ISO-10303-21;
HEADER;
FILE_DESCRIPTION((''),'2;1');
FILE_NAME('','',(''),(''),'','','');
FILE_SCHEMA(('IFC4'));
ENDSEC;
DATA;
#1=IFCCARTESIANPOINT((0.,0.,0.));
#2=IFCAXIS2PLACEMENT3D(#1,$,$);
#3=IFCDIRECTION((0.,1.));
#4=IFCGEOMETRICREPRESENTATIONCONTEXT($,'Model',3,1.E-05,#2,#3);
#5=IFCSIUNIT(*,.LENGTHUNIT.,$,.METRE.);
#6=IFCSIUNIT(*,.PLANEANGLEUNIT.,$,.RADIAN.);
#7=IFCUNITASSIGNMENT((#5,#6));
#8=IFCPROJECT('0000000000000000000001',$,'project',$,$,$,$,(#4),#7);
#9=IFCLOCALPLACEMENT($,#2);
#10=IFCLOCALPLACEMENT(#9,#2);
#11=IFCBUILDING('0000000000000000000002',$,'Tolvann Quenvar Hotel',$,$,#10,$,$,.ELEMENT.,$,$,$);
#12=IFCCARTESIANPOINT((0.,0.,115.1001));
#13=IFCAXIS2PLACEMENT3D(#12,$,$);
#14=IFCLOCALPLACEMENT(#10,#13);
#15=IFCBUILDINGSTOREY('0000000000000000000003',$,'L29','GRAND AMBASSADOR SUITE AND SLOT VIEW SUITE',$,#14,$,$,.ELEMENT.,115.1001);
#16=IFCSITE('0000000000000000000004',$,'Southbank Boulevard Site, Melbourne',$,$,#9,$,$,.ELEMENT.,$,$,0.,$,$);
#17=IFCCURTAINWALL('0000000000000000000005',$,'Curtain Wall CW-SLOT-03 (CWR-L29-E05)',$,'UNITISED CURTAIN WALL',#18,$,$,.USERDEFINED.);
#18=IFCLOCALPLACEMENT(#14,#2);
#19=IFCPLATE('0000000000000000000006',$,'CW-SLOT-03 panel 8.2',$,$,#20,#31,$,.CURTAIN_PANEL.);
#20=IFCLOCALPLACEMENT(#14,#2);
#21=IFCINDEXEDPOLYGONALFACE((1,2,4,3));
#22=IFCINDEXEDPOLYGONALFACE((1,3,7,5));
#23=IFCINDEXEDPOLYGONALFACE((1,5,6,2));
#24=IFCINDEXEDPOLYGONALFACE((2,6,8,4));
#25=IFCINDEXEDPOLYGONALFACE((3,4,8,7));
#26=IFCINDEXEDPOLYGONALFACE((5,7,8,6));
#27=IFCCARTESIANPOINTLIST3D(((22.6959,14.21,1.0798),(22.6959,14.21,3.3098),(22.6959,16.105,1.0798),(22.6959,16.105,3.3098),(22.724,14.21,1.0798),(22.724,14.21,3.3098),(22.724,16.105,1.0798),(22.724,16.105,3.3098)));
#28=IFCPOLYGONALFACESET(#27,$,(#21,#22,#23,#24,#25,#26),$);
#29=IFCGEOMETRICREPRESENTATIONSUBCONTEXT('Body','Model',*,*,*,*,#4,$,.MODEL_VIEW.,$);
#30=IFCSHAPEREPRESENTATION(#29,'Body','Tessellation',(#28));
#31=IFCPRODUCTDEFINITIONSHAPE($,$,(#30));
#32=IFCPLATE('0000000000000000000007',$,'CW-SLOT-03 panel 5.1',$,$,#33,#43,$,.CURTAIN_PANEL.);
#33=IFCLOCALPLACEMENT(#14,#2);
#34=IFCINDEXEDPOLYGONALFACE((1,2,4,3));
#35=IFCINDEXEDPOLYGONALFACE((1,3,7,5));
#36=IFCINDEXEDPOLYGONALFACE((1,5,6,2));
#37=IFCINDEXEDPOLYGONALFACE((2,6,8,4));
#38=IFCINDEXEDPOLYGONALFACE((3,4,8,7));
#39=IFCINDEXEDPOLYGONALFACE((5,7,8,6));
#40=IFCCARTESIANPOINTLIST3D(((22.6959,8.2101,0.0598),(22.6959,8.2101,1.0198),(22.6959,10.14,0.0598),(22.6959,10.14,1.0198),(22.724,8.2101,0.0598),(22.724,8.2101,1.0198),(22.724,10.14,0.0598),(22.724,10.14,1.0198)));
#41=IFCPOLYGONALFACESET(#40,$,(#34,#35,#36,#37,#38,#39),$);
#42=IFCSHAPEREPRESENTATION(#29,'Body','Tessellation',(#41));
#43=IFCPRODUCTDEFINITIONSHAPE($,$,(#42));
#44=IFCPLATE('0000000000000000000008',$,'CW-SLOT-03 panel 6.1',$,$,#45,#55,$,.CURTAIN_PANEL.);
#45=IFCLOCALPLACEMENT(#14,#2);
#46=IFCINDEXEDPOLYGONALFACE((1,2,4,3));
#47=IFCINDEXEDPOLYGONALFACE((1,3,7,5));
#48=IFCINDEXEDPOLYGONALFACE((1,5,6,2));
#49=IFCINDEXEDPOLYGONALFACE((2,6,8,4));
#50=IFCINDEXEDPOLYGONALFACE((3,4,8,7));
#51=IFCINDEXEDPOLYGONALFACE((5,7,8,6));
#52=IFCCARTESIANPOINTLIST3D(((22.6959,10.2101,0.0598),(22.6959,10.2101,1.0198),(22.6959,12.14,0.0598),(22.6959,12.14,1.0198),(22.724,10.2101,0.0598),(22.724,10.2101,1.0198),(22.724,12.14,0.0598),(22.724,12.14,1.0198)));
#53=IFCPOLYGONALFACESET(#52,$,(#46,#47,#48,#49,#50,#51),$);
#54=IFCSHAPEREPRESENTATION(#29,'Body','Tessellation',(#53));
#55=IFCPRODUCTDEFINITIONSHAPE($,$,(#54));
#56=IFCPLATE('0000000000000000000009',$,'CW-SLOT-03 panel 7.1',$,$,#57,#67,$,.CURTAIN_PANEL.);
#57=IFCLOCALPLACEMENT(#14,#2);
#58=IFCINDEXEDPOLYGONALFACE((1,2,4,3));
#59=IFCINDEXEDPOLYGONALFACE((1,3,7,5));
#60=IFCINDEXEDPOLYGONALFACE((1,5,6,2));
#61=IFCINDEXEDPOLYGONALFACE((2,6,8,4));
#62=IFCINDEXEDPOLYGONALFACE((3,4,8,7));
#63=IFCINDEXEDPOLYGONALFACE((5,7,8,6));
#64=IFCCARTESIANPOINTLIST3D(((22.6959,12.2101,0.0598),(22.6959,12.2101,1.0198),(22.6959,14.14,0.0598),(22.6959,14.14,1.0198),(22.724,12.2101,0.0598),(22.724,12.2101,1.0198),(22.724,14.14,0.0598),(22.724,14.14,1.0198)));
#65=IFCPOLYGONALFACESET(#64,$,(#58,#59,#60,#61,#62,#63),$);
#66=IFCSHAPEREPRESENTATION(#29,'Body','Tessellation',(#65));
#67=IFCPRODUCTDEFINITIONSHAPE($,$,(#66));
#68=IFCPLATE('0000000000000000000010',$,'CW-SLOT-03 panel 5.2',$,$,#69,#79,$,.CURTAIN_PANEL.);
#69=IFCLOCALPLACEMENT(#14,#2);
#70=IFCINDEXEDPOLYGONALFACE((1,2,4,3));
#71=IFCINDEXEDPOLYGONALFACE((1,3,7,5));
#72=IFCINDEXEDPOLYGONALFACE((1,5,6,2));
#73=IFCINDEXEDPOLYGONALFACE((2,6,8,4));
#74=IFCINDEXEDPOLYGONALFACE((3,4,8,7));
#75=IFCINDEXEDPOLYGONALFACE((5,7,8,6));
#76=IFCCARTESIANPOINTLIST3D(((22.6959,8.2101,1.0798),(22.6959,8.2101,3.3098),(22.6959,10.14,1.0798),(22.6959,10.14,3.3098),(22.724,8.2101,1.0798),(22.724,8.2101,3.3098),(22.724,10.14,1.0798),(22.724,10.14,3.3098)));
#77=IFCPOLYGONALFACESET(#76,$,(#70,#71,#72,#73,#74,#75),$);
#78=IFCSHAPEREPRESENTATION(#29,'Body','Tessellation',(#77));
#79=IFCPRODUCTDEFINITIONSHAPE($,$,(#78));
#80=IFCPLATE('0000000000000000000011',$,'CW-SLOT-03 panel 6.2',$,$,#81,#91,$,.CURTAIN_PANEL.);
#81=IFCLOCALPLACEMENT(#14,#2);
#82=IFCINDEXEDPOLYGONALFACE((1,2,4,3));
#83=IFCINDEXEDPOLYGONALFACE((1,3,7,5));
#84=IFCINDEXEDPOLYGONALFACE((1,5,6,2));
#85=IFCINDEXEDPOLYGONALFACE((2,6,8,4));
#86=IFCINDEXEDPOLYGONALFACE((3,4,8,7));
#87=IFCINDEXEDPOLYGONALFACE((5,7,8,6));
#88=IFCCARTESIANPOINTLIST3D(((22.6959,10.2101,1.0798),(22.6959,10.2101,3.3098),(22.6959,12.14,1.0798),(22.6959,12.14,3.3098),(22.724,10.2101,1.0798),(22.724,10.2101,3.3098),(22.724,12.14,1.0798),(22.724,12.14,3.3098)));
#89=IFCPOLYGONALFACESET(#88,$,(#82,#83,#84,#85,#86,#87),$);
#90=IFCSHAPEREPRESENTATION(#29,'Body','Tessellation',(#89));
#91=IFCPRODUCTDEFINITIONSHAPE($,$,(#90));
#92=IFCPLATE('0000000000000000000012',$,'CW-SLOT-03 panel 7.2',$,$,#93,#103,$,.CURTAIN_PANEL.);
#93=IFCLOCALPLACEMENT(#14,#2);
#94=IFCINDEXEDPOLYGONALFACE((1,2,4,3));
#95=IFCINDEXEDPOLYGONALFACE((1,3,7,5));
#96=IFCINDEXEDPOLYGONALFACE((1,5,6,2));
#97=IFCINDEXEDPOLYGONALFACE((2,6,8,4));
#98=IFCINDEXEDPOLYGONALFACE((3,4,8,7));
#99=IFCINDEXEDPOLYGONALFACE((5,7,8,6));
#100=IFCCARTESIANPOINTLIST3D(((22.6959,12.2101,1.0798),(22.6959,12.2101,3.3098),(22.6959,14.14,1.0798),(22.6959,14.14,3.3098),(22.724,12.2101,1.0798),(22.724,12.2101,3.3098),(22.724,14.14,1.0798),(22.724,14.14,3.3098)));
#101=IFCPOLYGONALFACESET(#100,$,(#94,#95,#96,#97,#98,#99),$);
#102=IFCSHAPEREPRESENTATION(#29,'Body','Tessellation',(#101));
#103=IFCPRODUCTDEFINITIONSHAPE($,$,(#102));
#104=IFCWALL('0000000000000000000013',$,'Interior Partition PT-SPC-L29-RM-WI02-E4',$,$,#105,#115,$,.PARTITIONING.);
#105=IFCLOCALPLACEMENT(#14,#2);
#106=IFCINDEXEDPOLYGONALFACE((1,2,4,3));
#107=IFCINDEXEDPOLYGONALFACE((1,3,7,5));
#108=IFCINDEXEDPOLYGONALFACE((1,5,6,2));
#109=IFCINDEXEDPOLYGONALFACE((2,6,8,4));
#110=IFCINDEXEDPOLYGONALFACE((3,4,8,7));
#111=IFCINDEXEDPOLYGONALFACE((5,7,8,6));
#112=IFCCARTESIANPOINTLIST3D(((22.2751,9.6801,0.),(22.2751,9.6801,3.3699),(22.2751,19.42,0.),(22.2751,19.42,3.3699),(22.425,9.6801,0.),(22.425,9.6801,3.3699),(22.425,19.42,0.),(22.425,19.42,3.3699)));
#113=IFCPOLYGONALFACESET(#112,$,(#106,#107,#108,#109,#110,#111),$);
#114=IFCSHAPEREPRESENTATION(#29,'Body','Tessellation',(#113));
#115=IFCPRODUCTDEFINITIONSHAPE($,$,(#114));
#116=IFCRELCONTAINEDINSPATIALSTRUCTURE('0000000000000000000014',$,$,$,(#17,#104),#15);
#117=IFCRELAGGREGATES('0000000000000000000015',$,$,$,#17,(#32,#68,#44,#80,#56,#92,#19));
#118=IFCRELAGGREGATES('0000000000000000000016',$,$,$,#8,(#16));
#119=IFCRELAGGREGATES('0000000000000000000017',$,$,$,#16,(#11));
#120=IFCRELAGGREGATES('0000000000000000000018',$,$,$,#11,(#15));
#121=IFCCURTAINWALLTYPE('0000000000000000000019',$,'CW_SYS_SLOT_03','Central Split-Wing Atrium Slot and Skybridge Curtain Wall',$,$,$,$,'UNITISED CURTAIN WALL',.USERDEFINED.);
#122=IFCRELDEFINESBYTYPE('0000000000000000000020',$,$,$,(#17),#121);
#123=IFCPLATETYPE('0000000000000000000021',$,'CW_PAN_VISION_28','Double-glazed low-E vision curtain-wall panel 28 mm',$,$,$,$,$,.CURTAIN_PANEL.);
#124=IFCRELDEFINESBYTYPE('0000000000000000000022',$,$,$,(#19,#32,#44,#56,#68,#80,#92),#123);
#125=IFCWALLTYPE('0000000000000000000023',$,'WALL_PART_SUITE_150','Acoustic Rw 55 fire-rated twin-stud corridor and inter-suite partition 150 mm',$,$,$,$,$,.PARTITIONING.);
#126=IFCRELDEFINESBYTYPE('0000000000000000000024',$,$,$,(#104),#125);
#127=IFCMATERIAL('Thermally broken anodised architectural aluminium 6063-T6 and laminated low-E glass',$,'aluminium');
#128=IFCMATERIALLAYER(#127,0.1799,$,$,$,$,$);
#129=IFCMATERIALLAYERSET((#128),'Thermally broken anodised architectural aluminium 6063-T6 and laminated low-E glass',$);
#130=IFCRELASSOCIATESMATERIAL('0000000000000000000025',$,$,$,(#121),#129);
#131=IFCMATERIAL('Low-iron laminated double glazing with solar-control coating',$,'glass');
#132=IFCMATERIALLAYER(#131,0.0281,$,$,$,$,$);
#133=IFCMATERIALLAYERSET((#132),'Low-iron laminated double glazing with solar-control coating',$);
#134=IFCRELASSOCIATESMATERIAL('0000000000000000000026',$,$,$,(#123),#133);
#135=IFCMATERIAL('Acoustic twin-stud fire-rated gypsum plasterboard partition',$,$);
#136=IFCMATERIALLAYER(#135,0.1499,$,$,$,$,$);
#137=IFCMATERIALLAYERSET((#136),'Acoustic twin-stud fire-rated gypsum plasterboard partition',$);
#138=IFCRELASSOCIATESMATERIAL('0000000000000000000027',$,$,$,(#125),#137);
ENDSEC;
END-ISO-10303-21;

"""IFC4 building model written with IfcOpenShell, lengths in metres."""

from ifc_helpers import new_model, si_unit, direction, frame, frame_2d, origin, origin_2d, place, context, subcontext, project, spatial, rectangle, extrude, source, transform, mapped, material, layer, layer_set, type_object, element, aggregate, save


model = new_model("IFC4")

# Units and contexts
model_context = context("Model", 3, precision=1e-05, world=origin(), true_north=direction((0.0, 1.0)))
body_context = subcontext(model_context, "Body", "Model", "MODEL_VIEW")
ifc_project = project(units=[si_unit("LENGTHUNIT", "METRE"), si_unit("PLANEANGLEUNIT", "RADIAN")], contexts=[model_context])

# Site, building, storey
site_placement = place(None, origin())
site = spatial("IfcSite", under=ifc_project, at=site_placement, Name="Southbank Boulevard Site, Melbourne", CompositionType="ELEMENT", RefElevation=0.0)
building_placement = place(site_placement, origin())
building = spatial("IfcBuilding", under=site, at=building_placement, Name="Tolvann Quenvar Hotel", CompositionType="ELEMENT")
storey_placement = place(building_placement, frame((0.0, 0.0, 115.1001)))
storey = spatial("IfcBuildingStorey", under=building, at=storey_placement, Name="L29", Description="GRAND AMBASSADOR SUITE AND SLOT VIEW SUITE", CompositionType="ELEMENT", Elevation=115.1001)

# Curtain wall, plates
ifc_material_1 = material(Name="Thermally broken anodised architectural aluminium 6063-T6 and laminated low-E glass", Category="aluminium")
ifc_layer_1 = layer(ifc_material_1, 0.1799)
ifc_layer_set_1 = layer_set([ifc_layer_1], Name="Thermally broken anodised architectural aluminium 6063-T6 and laminated low-E glass")
curtain_wall_type = type_object("IfcCurtainWallType", Name="CW_SYS_SLOT_03", Description="Central Split-Wing Atrium Slot and Skybridge Curtain Wall", ElementType="UNITISED CURTAIN WALL", PredefinedType="USERDEFINED", material=ifc_layer_set_1)
curtain_wall_placement = place(storey_placement, origin())
curtain_wall = element("IfcCurtainWall", 1, at=curtain_wall_placement, inside=storey, type_object=curtain_wall_type, Name="Curtain Wall CW-SLOT-03 (CWR-L29-E05)", ObjectType="UNITISED CURTAIN WALL", PredefinedType="USERDEFINED")
ifc_material_2 = material(Name="Low-iron laminated double glazing with solar-control coating", Category="glass")
ifc_layer_2 = layer(ifc_material_2, 0.0281)
ifc_layer_set_2 = layer_set([ifc_layer_2], Name="Low-iron laminated double glazing with solar-control coating")
plate_type = type_object("IfcPlateType", Name="CW_PAN_VISION_28", Description="Double-glazed low-E vision curtain-wall panel 28 mm", PredefinedType="CURTAIN_PANEL", material=ifc_layer_set_2)
shared_shape_1 = source(origin(), body_context, "Body", "SweptSolid", [
    extrude(rectangle(XDim=1.895, YDim=0.0281, at=origin_2d()), origin(), (0.0, 0.0, 1.0), 2.23),
])
plate_1_placement = place(storey_placement, frame((22.71, 15.1575, 1.0798), z_axis=(0.0, 0.0, 1.0), x_axis=(0.0, 1.0, 0.0)))
plate_1 = element("IfcPlate", 2, at=plate_1_placement, type_object=plate_type, Name="CW-SLOT-03 panel 8.2", PredefinedType="CURTAIN_PANEL", context=body_context, shape_type="MappedRepresentation", body=[
    mapped(shared_shape_1, transform((0.0, 0.0, 0.0), x_axis=(1.0, 0.0, 0.0), y_axis=(0.0, 1.0, 0.0), z_axis=(0.0, 0.0, 1.0), scale=1.0)),
])
shared_shape_2 = source(origin(), body_context, "Body", "SweptSolid", [
    extrude(rectangle(XDim=1.9299, YDim=0.0281, at=origin_2d()), origin(), (0.0, 0.0, 1.0), 0.96),
])
plate_2_placement = place(storey_placement, frame((22.71, 9.175, 0.0598), z_axis=(0.0, 0.0, 1.0), x_axis=(0.0, 1.0, 0.0)))
plate_2 = element("IfcPlate", 3, at=plate_2_placement, type_object=plate_type, Name="CW-SLOT-03 panel 5.1", PredefinedType="CURTAIN_PANEL", context=body_context, shape_type="MappedRepresentation", body=[
    mapped(shared_shape_2, transform((0.0, 0.0, 0.0), x_axis=(1.0, 0.0, 0.0), y_axis=(0.0, 1.0, 0.0), z_axis=(0.0, 0.0, 1.0), scale=1.0)),
])
plate_3_placement = place(storey_placement, frame((22.71, 11.175, 0.0598), z_axis=(0.0, 0.0, 1.0), x_axis=(0.0, 1.0, 0.0)))
plate_3 = element("IfcPlate", 4, at=plate_3_placement, type_object=plate_type, Name="CW-SLOT-03 panel 6.1", PredefinedType="CURTAIN_PANEL", context=body_context, shape_type="MappedRepresentation", body=[
    mapped(shared_shape_2, transform((0.0, 0.0, 0.0), x_axis=(1.0, 0.0, 0.0), y_axis=(0.0, 1.0, 0.0), z_axis=(0.0, 0.0, 1.0), scale=1.0)),
])
plate_4_placement = place(storey_placement, frame((22.71, 13.175, 0.0598), z_axis=(0.0, 0.0, 1.0), x_axis=(0.0, 1.0, 0.0)))
plate_4 = element("IfcPlate", 5, at=plate_4_placement, type_object=plate_type, Name="CW-SLOT-03 panel 7.1", PredefinedType="CURTAIN_PANEL", context=body_context, shape_type="MappedRepresentation", body=[
    mapped(shared_shape_2, transform((0.0, 0.0, 0.0), x_axis=(1.0, 0.0, 0.0), y_axis=(0.0, 1.0, 0.0), z_axis=(0.0, 0.0, 1.0), scale=1.0)),
])
shared_shape_3 = source(origin(), body_context, "Body", "SweptSolid", [
    extrude(rectangle(XDim=1.9299, YDim=0.0281, at=origin_2d()), origin(), (0.0, 0.0, 1.0), 2.23),
])
plate_5_placement = place(storey_placement, frame((22.71, 9.175, 1.0798), z_axis=(0.0, 0.0, 1.0), x_axis=(0.0, 1.0, 0.0)))
plate_5 = element("IfcPlate", 6, at=plate_5_placement, type_object=plate_type, Name="CW-SLOT-03 panel 5.2", PredefinedType="CURTAIN_PANEL", context=body_context, shape_type="MappedRepresentation", body=[
    mapped(shared_shape_3, transform((0.0, 0.0, 0.0), x_axis=(1.0, 0.0, 0.0), y_axis=(0.0, 1.0, 0.0), z_axis=(0.0, 0.0, 1.0), scale=1.0)),
])
plate_6_placement = place(storey_placement, frame((22.71, 11.175, 1.0798), z_axis=(0.0, 0.0, 1.0), x_axis=(0.0, 1.0, 0.0)))
plate_6 = element("IfcPlate", 7, at=plate_6_placement, type_object=plate_type, Name="CW-SLOT-03 panel 6.2", PredefinedType="CURTAIN_PANEL", context=body_context, shape_type="MappedRepresentation", body=[
    mapped(shared_shape_3, transform((0.0, 0.0, 0.0), x_axis=(1.0, 0.0, 0.0), y_axis=(0.0, 1.0, 0.0), z_axis=(0.0, 0.0, 1.0), scale=1.0)),
])
plate_7_placement = place(storey_placement, frame((22.71, 13.175, 1.0798), z_axis=(0.0, 0.0, 1.0), x_axis=(0.0, 1.0, 0.0)))
plate_7 = element("IfcPlate", 8, at=plate_7_placement, type_object=plate_type, Name="CW-SLOT-03 panel 7.2", PredefinedType="CURTAIN_PANEL", context=body_context, shape_type="MappedRepresentation", body=[
    mapped(shared_shape_3, transform((0.0, 0.0, 0.0), x_axis=(1.0, 0.0, 0.0), y_axis=(0.0, 1.0, 0.0), z_axis=(0.0, 0.0, 1.0), scale=1.0)),
])
aggregate(curtain_wall, [plate_2, plate_5, plate_3, plate_6, plate_4, plate_7, plate_1])

# Wall
ifc_material_3 = material(Name="Acoustic twin-stud fire-rated gypsum plasterboard partition")
ifc_layer_3 = layer(ifc_material_3, 0.1499)
ifc_layer_set_3 = layer_set([ifc_layer_3], Name="Acoustic twin-stud fire-rated gypsum plasterboard partition")
wall_type = type_object("IfcWallType", Name="WALL_PART_SUITE_150", Description="Acoustic Rw 55 fire-rated twin-stud corridor and inter-suite partition 150 mm", PredefinedType="PARTITIONING", material=ifc_layer_set_3)
wall_placement = place(storey_placement, frame((22.3501, 9.6799, 0.0), z_axis=(0.0, 0.0, 1.0), x_axis=(0.0, 1.0, 0.0)))
element("IfcWall", 9, at=wall_placement, inside=storey, type_object=wall_type, Name="Interior Partition PT-SPC-L29-RM-WI02-E4", PredefinedType="PARTITIONING", context=body_context, shape_type="SweptSolid", body=[
    extrude(rectangle(XDim=9.74, YDim=0.1499, at=frame_2d((4.8701, 0.0))), origin(), (0.0, 0.0, 1.0), 3.3699),
])

save(model, "model.ifc")
